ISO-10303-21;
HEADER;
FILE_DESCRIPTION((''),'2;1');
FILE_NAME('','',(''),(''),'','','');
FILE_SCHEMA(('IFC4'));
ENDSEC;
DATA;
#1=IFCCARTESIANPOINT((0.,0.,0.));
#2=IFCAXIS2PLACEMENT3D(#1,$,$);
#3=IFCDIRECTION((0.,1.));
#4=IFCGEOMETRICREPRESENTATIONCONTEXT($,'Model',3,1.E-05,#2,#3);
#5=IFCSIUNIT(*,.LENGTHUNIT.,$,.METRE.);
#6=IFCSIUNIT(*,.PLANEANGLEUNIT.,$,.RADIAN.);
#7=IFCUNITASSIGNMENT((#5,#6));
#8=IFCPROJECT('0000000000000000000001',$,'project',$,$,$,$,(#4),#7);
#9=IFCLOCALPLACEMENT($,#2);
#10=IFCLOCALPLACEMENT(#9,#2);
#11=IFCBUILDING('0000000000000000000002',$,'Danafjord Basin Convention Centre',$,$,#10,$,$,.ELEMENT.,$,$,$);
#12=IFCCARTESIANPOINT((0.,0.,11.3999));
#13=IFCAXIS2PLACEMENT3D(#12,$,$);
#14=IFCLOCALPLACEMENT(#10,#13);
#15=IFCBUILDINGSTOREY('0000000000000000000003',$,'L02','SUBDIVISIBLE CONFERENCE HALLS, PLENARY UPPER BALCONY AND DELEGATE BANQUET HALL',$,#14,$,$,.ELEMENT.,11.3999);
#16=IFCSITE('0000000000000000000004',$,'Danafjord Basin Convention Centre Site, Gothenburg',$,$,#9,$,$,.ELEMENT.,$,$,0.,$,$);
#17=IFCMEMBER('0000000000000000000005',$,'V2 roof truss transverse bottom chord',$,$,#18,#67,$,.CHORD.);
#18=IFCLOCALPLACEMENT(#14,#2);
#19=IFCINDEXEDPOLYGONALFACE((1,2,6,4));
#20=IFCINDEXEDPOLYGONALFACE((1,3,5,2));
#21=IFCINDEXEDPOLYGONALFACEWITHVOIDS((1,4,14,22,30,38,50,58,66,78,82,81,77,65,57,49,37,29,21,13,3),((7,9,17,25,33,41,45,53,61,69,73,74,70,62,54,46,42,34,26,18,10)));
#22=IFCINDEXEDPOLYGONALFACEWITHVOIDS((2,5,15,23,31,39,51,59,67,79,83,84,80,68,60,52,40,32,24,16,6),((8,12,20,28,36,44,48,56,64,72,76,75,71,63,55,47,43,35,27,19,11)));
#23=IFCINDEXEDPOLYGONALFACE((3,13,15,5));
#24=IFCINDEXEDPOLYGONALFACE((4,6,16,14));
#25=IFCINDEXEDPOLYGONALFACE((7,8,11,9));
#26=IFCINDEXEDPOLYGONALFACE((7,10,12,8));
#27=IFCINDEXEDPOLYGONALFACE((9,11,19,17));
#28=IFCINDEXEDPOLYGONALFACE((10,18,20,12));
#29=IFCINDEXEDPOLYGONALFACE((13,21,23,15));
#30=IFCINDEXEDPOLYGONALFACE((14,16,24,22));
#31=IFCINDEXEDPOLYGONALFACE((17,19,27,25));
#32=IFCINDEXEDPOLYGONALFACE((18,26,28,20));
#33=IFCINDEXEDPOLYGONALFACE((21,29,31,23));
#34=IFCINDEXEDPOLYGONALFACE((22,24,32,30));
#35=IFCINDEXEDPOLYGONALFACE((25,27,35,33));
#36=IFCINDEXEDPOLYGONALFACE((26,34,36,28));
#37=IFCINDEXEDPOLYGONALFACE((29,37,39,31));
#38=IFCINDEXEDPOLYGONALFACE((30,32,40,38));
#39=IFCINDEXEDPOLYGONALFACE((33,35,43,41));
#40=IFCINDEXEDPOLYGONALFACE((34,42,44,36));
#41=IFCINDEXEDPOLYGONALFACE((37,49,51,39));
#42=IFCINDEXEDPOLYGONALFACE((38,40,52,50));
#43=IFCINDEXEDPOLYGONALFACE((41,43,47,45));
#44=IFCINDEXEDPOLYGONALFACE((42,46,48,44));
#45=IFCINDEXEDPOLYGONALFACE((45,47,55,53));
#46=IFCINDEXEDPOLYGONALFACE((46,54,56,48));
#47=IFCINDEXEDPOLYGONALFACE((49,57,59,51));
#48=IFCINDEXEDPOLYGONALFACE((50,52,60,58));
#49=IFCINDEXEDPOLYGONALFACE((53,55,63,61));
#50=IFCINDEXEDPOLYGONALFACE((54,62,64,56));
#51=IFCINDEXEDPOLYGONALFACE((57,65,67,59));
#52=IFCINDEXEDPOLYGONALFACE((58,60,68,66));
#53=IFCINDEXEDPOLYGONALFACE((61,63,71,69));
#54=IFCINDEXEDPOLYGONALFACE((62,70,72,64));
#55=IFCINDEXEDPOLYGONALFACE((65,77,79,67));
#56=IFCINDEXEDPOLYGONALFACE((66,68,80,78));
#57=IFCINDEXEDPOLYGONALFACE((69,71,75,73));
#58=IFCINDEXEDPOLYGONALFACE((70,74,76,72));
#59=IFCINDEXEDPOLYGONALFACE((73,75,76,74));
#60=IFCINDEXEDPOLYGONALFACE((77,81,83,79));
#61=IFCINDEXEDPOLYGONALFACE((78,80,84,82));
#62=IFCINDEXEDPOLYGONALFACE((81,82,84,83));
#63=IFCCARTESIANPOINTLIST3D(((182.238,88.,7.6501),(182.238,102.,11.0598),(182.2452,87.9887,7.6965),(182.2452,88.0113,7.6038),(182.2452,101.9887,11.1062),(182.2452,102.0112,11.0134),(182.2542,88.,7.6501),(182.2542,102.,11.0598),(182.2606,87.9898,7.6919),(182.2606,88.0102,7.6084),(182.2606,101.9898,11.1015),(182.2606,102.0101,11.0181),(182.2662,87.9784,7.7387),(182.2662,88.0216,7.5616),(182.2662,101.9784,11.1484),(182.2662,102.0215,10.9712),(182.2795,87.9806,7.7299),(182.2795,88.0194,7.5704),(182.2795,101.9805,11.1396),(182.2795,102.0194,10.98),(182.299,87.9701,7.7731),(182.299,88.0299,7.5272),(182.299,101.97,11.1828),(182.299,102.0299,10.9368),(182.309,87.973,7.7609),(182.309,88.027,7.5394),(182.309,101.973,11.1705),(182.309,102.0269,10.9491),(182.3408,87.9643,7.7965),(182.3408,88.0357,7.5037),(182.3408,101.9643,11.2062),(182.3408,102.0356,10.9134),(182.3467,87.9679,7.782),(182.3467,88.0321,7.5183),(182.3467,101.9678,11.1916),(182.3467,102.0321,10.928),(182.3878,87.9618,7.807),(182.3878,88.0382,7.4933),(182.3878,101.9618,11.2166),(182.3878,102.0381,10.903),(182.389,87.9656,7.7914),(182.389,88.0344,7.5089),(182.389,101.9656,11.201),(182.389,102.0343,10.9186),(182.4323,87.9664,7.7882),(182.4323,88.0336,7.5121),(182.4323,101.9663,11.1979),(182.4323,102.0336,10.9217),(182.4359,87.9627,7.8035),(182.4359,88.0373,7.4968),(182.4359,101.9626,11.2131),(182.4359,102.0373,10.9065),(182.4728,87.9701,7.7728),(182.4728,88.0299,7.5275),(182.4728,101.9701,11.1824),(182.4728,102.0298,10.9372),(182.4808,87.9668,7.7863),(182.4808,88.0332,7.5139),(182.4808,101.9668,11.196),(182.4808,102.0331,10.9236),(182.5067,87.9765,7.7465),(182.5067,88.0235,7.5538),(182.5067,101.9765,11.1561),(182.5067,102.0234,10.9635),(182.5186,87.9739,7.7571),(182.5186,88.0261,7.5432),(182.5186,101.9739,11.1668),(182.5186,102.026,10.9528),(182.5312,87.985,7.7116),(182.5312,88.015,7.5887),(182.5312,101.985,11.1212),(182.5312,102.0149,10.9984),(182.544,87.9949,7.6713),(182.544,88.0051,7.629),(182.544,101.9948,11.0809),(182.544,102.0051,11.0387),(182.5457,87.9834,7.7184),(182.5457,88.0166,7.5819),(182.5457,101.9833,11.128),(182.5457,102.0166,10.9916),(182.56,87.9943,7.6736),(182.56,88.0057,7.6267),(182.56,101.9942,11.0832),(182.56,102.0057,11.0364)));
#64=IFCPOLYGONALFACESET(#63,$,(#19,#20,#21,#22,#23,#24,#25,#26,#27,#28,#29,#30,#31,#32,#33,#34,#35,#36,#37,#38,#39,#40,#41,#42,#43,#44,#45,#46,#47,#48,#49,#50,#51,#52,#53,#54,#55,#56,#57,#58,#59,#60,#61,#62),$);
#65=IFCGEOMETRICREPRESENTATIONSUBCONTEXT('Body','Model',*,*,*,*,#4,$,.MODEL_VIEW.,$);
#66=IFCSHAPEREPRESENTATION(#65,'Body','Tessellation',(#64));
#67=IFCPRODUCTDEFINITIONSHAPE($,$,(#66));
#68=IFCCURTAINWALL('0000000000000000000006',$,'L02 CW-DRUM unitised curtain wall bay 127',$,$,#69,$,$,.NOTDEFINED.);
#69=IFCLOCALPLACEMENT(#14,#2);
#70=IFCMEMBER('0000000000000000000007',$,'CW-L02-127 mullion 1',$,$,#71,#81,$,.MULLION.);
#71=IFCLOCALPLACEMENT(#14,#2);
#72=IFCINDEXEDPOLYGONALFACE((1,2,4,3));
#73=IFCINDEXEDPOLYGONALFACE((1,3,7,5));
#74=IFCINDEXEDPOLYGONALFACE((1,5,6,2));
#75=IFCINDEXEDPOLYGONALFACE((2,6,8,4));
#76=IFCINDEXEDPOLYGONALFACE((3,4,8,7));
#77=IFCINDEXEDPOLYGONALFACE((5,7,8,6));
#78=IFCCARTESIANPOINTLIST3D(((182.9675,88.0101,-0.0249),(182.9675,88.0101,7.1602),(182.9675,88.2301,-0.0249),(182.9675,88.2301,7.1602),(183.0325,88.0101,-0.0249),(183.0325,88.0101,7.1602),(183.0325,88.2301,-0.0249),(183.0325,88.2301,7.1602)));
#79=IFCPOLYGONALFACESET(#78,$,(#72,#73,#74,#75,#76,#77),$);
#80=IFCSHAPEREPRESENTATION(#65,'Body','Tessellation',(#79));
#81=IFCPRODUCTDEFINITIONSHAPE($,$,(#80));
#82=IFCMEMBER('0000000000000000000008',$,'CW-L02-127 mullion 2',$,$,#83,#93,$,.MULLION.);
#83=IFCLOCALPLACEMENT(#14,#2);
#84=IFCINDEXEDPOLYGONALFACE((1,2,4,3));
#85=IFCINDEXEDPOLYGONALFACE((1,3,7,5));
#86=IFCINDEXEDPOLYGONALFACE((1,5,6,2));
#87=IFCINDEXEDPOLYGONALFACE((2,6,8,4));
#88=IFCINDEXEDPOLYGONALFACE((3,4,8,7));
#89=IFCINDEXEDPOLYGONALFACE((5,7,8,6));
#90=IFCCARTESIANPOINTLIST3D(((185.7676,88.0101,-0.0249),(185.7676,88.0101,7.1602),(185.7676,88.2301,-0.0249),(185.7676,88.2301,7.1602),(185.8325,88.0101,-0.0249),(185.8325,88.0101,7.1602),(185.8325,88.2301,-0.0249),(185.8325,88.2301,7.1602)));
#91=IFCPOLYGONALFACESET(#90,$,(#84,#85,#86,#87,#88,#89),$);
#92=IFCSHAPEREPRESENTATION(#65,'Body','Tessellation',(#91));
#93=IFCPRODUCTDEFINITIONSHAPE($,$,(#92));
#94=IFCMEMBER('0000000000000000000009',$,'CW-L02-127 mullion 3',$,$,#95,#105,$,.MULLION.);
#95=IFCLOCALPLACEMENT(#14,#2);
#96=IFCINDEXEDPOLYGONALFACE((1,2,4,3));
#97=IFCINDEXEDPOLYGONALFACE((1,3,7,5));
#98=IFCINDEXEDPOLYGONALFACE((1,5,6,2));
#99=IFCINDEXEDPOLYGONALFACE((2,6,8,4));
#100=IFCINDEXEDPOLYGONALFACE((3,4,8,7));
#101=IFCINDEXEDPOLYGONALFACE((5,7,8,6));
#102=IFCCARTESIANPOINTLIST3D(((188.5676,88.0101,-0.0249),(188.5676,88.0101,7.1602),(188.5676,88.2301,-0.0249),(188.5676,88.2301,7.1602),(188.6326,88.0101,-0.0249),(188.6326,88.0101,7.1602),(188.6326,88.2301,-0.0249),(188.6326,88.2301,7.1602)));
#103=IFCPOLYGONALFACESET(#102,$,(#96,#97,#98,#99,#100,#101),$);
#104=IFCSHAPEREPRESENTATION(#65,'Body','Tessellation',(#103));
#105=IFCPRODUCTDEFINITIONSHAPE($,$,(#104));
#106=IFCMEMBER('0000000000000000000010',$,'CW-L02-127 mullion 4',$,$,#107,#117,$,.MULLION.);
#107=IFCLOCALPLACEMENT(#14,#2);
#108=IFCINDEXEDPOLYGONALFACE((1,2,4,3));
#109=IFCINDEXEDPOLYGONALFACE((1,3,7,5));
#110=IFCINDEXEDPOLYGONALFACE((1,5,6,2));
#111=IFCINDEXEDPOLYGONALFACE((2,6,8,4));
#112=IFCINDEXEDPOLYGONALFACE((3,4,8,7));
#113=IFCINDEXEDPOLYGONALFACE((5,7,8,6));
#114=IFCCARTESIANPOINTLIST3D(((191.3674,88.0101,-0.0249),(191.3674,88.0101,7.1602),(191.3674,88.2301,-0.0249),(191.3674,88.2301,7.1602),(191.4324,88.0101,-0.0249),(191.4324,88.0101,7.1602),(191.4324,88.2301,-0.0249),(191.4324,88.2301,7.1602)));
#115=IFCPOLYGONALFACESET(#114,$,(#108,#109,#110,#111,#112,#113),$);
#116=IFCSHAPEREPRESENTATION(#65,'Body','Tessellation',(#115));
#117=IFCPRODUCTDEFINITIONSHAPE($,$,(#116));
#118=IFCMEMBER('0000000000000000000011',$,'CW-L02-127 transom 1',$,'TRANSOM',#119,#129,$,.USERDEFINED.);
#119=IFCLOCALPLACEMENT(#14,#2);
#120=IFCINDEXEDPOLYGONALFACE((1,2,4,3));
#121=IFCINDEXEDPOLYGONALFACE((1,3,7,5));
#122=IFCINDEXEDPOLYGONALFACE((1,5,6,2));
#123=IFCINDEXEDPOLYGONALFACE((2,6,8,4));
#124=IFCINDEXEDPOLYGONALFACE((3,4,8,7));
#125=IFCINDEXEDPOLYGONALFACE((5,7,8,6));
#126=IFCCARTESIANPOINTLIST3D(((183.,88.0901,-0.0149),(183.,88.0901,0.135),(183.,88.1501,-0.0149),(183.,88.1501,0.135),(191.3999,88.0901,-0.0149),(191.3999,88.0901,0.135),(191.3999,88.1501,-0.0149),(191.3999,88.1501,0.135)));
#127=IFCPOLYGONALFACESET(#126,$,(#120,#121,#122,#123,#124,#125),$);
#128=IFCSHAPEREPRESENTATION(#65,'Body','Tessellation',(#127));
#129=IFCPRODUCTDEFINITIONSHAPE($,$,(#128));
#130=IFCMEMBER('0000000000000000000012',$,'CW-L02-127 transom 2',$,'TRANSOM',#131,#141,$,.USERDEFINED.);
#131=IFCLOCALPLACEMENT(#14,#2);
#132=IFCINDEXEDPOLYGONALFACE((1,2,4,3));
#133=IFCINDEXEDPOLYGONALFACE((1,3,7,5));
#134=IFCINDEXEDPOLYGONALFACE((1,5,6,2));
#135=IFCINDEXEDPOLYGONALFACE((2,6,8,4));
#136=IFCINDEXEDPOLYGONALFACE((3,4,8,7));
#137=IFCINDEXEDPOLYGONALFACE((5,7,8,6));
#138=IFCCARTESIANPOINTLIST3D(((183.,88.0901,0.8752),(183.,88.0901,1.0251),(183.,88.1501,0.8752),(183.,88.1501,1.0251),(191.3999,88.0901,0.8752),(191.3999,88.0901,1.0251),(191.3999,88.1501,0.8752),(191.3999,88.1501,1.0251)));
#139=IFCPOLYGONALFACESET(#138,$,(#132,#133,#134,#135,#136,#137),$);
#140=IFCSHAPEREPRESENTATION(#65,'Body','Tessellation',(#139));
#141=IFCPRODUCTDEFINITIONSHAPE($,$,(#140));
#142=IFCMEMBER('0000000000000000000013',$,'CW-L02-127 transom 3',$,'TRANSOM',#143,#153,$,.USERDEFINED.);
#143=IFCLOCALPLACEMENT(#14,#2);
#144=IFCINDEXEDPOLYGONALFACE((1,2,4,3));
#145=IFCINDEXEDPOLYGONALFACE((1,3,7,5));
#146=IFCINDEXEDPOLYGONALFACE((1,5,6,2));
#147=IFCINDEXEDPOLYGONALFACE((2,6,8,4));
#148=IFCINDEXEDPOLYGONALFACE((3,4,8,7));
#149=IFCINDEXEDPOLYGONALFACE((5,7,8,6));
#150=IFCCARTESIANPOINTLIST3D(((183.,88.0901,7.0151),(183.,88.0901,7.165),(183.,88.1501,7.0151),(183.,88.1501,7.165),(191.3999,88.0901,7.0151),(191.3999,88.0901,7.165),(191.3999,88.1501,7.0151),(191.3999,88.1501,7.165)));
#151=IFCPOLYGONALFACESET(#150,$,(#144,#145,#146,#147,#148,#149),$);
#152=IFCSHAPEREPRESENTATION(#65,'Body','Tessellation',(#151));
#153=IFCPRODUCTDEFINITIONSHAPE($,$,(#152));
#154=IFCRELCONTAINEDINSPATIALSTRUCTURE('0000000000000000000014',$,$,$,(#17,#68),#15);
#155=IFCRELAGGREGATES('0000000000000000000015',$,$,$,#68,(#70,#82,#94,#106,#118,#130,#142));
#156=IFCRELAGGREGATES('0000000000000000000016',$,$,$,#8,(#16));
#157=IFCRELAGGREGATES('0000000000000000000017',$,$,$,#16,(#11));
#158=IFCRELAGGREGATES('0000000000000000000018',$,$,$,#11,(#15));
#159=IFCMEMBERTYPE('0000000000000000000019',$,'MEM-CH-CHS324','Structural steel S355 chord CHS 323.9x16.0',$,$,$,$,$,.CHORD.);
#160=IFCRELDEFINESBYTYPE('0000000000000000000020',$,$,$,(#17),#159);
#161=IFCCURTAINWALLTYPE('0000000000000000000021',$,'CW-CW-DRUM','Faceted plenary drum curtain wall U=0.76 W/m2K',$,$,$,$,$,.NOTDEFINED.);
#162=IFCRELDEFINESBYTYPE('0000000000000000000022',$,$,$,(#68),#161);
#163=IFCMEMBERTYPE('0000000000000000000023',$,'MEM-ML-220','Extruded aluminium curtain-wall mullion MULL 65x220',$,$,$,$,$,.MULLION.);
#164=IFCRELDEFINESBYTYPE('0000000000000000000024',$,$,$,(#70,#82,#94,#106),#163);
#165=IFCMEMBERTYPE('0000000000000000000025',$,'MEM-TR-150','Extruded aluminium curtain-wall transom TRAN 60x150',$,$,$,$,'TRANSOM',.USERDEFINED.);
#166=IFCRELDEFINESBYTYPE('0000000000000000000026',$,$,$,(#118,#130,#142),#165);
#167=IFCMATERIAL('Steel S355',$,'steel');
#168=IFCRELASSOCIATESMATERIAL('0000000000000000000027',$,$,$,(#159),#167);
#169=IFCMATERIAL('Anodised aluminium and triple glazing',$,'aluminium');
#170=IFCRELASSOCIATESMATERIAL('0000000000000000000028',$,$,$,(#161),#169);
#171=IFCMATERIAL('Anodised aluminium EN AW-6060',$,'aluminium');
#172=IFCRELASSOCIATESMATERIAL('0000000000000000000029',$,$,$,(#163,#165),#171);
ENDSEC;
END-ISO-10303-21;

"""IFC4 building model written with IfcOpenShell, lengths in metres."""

from ifc_helpers import new_model, si_unit, direction, frame, origin, origin_2d, place, context, subcontext, project, spatial, rectangle, hollow_circle, extrude, material, material_profile, profile_set, type_object, element, aggregate, save


model = new_model("IFC4")

# Units and contexts
model_context = context("Model", 3, precision=1e-05, world=origin(), true_north=direction((0.0, 1.0)))
body_context = subcontext(model_context, "Body", "Model", "MODEL_VIEW")
ifc_project = project(units=[si_unit("LENGTHUNIT", "METRE"), si_unit("PLANEANGLEUNIT", "RADIAN")], contexts=[model_context])

# Site, building, storey
site_placement = place(None, origin())
site = spatial("IfcSite", under=ifc_project, at=site_placement, Name="Danafjord Basin Convention Centre Site, Gothenburg", CompositionType="ELEMENT", RefElevation=0.0)
building_placement = place(site_placement, origin())
building = spatial("IfcBuilding", under=site, at=building_placement, Name="Danafjord Basin Convention Centre", CompositionType="ELEMENT")
storey_placement = place(building_placement, frame((0.0, 0.0, 11.3999)))
storey = spatial("IfcBuildingStorey", under=building, at=storey_placement, Name="L02", Description="SUBDIVISIBLE CONFERENCE HALLS, PLENARY UPPER BALCONY AND DELEGATE BANQUET HALL", CompositionType="ELEMENT", Elevation=11.3999)

# Shared definitions
ifc_material_1 = material(Name="Steel S355", Category="steel")

# Member
ifc_material_profile_1 = material_profile(ifc_material_1, hollow_circle(Radius=0.1619, WallThickness=0.0161, at=origin_2d()), Name="CHS 323.9x16.0")
ifc_profile_set_1 = profile_set([ifc_material_profile_1], Name="Steel S355")
member_type_1 = type_object("IfcMemberType", Name="MEM-CH-CHS324", Description="Structural steel S355 chord CHS 323.9x16.0", PredefinedType="CHORD", material=ifc_profile_set_1)
member_1_placement = place(storey_placement, frame((182.3999, 88.0, 7.6501), z_axis=(0.0, 0.9716, 0.236631), x_axis=(-1.0, 0.0, 0.0)))
element("IfcMember", 1, at=member_1_placement, inside=storey, type_object=member_type_1, Name="V2 roof truss transverse bottom chord", PredefinedType="CHORD", context=body_context, shape_type="SweptSolid", body=[
    extrude(hollow_circle(Radius=0.1619, WallThickness=0.0161, at=origin_2d()), origin(), (0.0, 0.0, 1.0), 14.4092),
])

# Curtain wall, members
ifc_material_2 = material(Name="Anodised aluminium and triple glazing", Category="aluminium")
curtain_wall_type = type_object("IfcCurtainWallType", Name="CW-CW-DRUM", Description="Faceted plenary drum curtain wall U=0.76 W/m2K", PredefinedType="NOTDEFINED", material=ifc_material_2)
curtain_wall_placement = place(storey_placement, origin())
curtain_wall = element("IfcCurtainWall", 2, at=curtain_wall_placement, inside=storey, type_object=curtain_wall_type, Name="L02 CW-DRUM unitised curtain wall bay 127", PredefinedType="NOTDEFINED")
ifc_material_3 = material(Name="Anodised aluminium EN AW-6060", Category="aluminium")
ifc_material_profile_2 = material_profile(ifc_material_3, rectangle(XDim=0.0649, YDim=0.22, at=origin_2d()), Name="MULL 65x220")
ifc_profile_set_2 = profile_set([ifc_material_profile_2], Name="Anodised aluminium EN AW-6060")
member_type_2 = type_object("IfcMemberType", Name="MEM-ML-220", Description="Extruded aluminium curtain-wall mullion MULL 65x220", PredefinedType="MULLION", material=ifc_profile_set_2)
member_2_placement = place(storey_placement, frame((183.0, 88.1201, -0.0249), z_axis=(0.0, 0.0, 1.0), x_axis=(1.0, 0.0, 0.0)))
member_2 = element("IfcMember", 3, at=member_2_placement, type_object=member_type_2, Name="CW-L02-127 mullion 1", PredefinedType="MULLION", context=body_context, shape_type="SweptSolid", body=[
    extrude(rectangle(XDim=0.0649, YDim=0.22, at=origin_2d()), origin(), (0.0, 0.0, 1.0), 7.1851),
])
member_3_placement = place(storey_placement, frame((185.8, 88.1201, -0.0249), z_axis=(0.0, 0.0, 1.0), x_axis=(1.0, 0.0, 0.0)))
member_3 = element("IfcMember", 4, at=member_3_placement, type_object=member_type_2, Name="CW-L02-127 mullion 2", PredefinedType="MULLION", context=body_context, shape_type="SweptSolid", body=[
    extrude(rectangle(XDim=0.0649, YDim=0.22, at=origin_2d()), origin(), (0.0, 0.0, 1.0), 7.1851),
])
member_4_placement = place(storey_placement, frame((188.6001, 88.1201, -0.0249), z_axis=(0.0, 0.0, 1.0), x_axis=(1.0, 0.0, 0.0)))
member_4 = element("IfcMember", 5, at=member_4_placement, type_object=member_type_2, Name="CW-L02-127 mullion 3", PredefinedType="MULLION", context=body_context, shape_type="SweptSolid", body=[
    extrude(rectangle(XDim=0.0649, YDim=0.22, at=origin_2d()), origin(), (0.0, 0.0, 1.0), 7.1851),
])
member_5_placement = place(storey_placement, frame((191.3999, 88.1201, -0.0249), z_axis=(0.0, 0.0, 1.0), x_axis=(1.0, 0.0, 0.0)))
member_5 = element("IfcMember", 6, at=member_5_placement, type_object=member_type_2, Name="CW-L02-127 mullion 4", PredefinedType="MULLION", context=body_context, shape_type="SweptSolid", body=[
    extrude(rectangle(XDim=0.0649, YDim=0.22, at=origin_2d()), origin(), (0.0, 0.0, 1.0), 7.1851),
])
ifc_material_profile_3 = material_profile(ifc_material_3, rectangle(XDim=0.0601, YDim=0.1499, at=origin_2d()), Name="TRAN 60x150")
ifc_profile_set_3 = profile_set([ifc_material_profile_3], Name="Anodised aluminium EN AW-6060")
member_type_3 = type_object("IfcMemberType", Name="MEM-TR-150", Description="Extruded aluminium curtain-wall transom TRAN 60x150", ElementType="TRANSOM", PredefinedType="USERDEFINED", material=ifc_profile_set_3)
member_6_placement = place(storey_placement, frame((183.0, 88.1201, 0.0601), z_axis=(1.0, 0.0, 0.0), x_axis=(0.0, 1.0, 0.0)))
member_6 = element("IfcMember", 7, at=member_6_placement, type_object=member_type_3, Name="CW-L02-127 transom 1", ObjectType="TRANSOM", PredefinedType="USERDEFINED", context=body_context, shape_type="SweptSolid", body=[
    extrude(rectangle(XDim=0.0601, YDim=0.1499, at=origin_2d()), origin(), (0.0, 0.0, 1.0), 8.3999),
])
member_7_placement = place(storey_placement, frame((183.0, 88.1201, 0.9502), z_axis=(1.0, 0.0, 0.0), x_axis=(0.0, 1.0, 0.0)))
member_7 = element("IfcMember", 8, at=member_7_placement, type_object=member_type_3, Name="CW-L02-127 transom 2", ObjectType="TRANSOM", PredefinedType="USERDEFINED", context=body_context, shape_type="SweptSolid", body=[
    extrude(rectangle(XDim=0.0601, YDim=0.1499, at=origin_2d()), origin(), (0.0, 0.0, 1.0), 8.3999),
])
member_8_placement = place(storey_placement, frame((183.0, 88.1201, 7.0901), z_axis=(1.0, 0.0, 0.0), x_axis=(0.0, 1.0, 0.0)))
member_8 = element("IfcMember", 9, at=member_8_placement, type_object=member_type_3, Name="CW-L02-127 transom 3", ObjectType="TRANSOM", PredefinedType="USERDEFINED", context=body_context, shape_type="SweptSolid", body=[
    extrude(rectangle(XDim=0.0601, YDim=0.1499, at=origin_2d()), origin(), (0.0, 0.0, 1.0), 8.3999),
])

aggregate(curtain_wall, [member_2, member_3, member_4, member_5, member_6, member_7, member_8])

save(model, "model.ifc")
